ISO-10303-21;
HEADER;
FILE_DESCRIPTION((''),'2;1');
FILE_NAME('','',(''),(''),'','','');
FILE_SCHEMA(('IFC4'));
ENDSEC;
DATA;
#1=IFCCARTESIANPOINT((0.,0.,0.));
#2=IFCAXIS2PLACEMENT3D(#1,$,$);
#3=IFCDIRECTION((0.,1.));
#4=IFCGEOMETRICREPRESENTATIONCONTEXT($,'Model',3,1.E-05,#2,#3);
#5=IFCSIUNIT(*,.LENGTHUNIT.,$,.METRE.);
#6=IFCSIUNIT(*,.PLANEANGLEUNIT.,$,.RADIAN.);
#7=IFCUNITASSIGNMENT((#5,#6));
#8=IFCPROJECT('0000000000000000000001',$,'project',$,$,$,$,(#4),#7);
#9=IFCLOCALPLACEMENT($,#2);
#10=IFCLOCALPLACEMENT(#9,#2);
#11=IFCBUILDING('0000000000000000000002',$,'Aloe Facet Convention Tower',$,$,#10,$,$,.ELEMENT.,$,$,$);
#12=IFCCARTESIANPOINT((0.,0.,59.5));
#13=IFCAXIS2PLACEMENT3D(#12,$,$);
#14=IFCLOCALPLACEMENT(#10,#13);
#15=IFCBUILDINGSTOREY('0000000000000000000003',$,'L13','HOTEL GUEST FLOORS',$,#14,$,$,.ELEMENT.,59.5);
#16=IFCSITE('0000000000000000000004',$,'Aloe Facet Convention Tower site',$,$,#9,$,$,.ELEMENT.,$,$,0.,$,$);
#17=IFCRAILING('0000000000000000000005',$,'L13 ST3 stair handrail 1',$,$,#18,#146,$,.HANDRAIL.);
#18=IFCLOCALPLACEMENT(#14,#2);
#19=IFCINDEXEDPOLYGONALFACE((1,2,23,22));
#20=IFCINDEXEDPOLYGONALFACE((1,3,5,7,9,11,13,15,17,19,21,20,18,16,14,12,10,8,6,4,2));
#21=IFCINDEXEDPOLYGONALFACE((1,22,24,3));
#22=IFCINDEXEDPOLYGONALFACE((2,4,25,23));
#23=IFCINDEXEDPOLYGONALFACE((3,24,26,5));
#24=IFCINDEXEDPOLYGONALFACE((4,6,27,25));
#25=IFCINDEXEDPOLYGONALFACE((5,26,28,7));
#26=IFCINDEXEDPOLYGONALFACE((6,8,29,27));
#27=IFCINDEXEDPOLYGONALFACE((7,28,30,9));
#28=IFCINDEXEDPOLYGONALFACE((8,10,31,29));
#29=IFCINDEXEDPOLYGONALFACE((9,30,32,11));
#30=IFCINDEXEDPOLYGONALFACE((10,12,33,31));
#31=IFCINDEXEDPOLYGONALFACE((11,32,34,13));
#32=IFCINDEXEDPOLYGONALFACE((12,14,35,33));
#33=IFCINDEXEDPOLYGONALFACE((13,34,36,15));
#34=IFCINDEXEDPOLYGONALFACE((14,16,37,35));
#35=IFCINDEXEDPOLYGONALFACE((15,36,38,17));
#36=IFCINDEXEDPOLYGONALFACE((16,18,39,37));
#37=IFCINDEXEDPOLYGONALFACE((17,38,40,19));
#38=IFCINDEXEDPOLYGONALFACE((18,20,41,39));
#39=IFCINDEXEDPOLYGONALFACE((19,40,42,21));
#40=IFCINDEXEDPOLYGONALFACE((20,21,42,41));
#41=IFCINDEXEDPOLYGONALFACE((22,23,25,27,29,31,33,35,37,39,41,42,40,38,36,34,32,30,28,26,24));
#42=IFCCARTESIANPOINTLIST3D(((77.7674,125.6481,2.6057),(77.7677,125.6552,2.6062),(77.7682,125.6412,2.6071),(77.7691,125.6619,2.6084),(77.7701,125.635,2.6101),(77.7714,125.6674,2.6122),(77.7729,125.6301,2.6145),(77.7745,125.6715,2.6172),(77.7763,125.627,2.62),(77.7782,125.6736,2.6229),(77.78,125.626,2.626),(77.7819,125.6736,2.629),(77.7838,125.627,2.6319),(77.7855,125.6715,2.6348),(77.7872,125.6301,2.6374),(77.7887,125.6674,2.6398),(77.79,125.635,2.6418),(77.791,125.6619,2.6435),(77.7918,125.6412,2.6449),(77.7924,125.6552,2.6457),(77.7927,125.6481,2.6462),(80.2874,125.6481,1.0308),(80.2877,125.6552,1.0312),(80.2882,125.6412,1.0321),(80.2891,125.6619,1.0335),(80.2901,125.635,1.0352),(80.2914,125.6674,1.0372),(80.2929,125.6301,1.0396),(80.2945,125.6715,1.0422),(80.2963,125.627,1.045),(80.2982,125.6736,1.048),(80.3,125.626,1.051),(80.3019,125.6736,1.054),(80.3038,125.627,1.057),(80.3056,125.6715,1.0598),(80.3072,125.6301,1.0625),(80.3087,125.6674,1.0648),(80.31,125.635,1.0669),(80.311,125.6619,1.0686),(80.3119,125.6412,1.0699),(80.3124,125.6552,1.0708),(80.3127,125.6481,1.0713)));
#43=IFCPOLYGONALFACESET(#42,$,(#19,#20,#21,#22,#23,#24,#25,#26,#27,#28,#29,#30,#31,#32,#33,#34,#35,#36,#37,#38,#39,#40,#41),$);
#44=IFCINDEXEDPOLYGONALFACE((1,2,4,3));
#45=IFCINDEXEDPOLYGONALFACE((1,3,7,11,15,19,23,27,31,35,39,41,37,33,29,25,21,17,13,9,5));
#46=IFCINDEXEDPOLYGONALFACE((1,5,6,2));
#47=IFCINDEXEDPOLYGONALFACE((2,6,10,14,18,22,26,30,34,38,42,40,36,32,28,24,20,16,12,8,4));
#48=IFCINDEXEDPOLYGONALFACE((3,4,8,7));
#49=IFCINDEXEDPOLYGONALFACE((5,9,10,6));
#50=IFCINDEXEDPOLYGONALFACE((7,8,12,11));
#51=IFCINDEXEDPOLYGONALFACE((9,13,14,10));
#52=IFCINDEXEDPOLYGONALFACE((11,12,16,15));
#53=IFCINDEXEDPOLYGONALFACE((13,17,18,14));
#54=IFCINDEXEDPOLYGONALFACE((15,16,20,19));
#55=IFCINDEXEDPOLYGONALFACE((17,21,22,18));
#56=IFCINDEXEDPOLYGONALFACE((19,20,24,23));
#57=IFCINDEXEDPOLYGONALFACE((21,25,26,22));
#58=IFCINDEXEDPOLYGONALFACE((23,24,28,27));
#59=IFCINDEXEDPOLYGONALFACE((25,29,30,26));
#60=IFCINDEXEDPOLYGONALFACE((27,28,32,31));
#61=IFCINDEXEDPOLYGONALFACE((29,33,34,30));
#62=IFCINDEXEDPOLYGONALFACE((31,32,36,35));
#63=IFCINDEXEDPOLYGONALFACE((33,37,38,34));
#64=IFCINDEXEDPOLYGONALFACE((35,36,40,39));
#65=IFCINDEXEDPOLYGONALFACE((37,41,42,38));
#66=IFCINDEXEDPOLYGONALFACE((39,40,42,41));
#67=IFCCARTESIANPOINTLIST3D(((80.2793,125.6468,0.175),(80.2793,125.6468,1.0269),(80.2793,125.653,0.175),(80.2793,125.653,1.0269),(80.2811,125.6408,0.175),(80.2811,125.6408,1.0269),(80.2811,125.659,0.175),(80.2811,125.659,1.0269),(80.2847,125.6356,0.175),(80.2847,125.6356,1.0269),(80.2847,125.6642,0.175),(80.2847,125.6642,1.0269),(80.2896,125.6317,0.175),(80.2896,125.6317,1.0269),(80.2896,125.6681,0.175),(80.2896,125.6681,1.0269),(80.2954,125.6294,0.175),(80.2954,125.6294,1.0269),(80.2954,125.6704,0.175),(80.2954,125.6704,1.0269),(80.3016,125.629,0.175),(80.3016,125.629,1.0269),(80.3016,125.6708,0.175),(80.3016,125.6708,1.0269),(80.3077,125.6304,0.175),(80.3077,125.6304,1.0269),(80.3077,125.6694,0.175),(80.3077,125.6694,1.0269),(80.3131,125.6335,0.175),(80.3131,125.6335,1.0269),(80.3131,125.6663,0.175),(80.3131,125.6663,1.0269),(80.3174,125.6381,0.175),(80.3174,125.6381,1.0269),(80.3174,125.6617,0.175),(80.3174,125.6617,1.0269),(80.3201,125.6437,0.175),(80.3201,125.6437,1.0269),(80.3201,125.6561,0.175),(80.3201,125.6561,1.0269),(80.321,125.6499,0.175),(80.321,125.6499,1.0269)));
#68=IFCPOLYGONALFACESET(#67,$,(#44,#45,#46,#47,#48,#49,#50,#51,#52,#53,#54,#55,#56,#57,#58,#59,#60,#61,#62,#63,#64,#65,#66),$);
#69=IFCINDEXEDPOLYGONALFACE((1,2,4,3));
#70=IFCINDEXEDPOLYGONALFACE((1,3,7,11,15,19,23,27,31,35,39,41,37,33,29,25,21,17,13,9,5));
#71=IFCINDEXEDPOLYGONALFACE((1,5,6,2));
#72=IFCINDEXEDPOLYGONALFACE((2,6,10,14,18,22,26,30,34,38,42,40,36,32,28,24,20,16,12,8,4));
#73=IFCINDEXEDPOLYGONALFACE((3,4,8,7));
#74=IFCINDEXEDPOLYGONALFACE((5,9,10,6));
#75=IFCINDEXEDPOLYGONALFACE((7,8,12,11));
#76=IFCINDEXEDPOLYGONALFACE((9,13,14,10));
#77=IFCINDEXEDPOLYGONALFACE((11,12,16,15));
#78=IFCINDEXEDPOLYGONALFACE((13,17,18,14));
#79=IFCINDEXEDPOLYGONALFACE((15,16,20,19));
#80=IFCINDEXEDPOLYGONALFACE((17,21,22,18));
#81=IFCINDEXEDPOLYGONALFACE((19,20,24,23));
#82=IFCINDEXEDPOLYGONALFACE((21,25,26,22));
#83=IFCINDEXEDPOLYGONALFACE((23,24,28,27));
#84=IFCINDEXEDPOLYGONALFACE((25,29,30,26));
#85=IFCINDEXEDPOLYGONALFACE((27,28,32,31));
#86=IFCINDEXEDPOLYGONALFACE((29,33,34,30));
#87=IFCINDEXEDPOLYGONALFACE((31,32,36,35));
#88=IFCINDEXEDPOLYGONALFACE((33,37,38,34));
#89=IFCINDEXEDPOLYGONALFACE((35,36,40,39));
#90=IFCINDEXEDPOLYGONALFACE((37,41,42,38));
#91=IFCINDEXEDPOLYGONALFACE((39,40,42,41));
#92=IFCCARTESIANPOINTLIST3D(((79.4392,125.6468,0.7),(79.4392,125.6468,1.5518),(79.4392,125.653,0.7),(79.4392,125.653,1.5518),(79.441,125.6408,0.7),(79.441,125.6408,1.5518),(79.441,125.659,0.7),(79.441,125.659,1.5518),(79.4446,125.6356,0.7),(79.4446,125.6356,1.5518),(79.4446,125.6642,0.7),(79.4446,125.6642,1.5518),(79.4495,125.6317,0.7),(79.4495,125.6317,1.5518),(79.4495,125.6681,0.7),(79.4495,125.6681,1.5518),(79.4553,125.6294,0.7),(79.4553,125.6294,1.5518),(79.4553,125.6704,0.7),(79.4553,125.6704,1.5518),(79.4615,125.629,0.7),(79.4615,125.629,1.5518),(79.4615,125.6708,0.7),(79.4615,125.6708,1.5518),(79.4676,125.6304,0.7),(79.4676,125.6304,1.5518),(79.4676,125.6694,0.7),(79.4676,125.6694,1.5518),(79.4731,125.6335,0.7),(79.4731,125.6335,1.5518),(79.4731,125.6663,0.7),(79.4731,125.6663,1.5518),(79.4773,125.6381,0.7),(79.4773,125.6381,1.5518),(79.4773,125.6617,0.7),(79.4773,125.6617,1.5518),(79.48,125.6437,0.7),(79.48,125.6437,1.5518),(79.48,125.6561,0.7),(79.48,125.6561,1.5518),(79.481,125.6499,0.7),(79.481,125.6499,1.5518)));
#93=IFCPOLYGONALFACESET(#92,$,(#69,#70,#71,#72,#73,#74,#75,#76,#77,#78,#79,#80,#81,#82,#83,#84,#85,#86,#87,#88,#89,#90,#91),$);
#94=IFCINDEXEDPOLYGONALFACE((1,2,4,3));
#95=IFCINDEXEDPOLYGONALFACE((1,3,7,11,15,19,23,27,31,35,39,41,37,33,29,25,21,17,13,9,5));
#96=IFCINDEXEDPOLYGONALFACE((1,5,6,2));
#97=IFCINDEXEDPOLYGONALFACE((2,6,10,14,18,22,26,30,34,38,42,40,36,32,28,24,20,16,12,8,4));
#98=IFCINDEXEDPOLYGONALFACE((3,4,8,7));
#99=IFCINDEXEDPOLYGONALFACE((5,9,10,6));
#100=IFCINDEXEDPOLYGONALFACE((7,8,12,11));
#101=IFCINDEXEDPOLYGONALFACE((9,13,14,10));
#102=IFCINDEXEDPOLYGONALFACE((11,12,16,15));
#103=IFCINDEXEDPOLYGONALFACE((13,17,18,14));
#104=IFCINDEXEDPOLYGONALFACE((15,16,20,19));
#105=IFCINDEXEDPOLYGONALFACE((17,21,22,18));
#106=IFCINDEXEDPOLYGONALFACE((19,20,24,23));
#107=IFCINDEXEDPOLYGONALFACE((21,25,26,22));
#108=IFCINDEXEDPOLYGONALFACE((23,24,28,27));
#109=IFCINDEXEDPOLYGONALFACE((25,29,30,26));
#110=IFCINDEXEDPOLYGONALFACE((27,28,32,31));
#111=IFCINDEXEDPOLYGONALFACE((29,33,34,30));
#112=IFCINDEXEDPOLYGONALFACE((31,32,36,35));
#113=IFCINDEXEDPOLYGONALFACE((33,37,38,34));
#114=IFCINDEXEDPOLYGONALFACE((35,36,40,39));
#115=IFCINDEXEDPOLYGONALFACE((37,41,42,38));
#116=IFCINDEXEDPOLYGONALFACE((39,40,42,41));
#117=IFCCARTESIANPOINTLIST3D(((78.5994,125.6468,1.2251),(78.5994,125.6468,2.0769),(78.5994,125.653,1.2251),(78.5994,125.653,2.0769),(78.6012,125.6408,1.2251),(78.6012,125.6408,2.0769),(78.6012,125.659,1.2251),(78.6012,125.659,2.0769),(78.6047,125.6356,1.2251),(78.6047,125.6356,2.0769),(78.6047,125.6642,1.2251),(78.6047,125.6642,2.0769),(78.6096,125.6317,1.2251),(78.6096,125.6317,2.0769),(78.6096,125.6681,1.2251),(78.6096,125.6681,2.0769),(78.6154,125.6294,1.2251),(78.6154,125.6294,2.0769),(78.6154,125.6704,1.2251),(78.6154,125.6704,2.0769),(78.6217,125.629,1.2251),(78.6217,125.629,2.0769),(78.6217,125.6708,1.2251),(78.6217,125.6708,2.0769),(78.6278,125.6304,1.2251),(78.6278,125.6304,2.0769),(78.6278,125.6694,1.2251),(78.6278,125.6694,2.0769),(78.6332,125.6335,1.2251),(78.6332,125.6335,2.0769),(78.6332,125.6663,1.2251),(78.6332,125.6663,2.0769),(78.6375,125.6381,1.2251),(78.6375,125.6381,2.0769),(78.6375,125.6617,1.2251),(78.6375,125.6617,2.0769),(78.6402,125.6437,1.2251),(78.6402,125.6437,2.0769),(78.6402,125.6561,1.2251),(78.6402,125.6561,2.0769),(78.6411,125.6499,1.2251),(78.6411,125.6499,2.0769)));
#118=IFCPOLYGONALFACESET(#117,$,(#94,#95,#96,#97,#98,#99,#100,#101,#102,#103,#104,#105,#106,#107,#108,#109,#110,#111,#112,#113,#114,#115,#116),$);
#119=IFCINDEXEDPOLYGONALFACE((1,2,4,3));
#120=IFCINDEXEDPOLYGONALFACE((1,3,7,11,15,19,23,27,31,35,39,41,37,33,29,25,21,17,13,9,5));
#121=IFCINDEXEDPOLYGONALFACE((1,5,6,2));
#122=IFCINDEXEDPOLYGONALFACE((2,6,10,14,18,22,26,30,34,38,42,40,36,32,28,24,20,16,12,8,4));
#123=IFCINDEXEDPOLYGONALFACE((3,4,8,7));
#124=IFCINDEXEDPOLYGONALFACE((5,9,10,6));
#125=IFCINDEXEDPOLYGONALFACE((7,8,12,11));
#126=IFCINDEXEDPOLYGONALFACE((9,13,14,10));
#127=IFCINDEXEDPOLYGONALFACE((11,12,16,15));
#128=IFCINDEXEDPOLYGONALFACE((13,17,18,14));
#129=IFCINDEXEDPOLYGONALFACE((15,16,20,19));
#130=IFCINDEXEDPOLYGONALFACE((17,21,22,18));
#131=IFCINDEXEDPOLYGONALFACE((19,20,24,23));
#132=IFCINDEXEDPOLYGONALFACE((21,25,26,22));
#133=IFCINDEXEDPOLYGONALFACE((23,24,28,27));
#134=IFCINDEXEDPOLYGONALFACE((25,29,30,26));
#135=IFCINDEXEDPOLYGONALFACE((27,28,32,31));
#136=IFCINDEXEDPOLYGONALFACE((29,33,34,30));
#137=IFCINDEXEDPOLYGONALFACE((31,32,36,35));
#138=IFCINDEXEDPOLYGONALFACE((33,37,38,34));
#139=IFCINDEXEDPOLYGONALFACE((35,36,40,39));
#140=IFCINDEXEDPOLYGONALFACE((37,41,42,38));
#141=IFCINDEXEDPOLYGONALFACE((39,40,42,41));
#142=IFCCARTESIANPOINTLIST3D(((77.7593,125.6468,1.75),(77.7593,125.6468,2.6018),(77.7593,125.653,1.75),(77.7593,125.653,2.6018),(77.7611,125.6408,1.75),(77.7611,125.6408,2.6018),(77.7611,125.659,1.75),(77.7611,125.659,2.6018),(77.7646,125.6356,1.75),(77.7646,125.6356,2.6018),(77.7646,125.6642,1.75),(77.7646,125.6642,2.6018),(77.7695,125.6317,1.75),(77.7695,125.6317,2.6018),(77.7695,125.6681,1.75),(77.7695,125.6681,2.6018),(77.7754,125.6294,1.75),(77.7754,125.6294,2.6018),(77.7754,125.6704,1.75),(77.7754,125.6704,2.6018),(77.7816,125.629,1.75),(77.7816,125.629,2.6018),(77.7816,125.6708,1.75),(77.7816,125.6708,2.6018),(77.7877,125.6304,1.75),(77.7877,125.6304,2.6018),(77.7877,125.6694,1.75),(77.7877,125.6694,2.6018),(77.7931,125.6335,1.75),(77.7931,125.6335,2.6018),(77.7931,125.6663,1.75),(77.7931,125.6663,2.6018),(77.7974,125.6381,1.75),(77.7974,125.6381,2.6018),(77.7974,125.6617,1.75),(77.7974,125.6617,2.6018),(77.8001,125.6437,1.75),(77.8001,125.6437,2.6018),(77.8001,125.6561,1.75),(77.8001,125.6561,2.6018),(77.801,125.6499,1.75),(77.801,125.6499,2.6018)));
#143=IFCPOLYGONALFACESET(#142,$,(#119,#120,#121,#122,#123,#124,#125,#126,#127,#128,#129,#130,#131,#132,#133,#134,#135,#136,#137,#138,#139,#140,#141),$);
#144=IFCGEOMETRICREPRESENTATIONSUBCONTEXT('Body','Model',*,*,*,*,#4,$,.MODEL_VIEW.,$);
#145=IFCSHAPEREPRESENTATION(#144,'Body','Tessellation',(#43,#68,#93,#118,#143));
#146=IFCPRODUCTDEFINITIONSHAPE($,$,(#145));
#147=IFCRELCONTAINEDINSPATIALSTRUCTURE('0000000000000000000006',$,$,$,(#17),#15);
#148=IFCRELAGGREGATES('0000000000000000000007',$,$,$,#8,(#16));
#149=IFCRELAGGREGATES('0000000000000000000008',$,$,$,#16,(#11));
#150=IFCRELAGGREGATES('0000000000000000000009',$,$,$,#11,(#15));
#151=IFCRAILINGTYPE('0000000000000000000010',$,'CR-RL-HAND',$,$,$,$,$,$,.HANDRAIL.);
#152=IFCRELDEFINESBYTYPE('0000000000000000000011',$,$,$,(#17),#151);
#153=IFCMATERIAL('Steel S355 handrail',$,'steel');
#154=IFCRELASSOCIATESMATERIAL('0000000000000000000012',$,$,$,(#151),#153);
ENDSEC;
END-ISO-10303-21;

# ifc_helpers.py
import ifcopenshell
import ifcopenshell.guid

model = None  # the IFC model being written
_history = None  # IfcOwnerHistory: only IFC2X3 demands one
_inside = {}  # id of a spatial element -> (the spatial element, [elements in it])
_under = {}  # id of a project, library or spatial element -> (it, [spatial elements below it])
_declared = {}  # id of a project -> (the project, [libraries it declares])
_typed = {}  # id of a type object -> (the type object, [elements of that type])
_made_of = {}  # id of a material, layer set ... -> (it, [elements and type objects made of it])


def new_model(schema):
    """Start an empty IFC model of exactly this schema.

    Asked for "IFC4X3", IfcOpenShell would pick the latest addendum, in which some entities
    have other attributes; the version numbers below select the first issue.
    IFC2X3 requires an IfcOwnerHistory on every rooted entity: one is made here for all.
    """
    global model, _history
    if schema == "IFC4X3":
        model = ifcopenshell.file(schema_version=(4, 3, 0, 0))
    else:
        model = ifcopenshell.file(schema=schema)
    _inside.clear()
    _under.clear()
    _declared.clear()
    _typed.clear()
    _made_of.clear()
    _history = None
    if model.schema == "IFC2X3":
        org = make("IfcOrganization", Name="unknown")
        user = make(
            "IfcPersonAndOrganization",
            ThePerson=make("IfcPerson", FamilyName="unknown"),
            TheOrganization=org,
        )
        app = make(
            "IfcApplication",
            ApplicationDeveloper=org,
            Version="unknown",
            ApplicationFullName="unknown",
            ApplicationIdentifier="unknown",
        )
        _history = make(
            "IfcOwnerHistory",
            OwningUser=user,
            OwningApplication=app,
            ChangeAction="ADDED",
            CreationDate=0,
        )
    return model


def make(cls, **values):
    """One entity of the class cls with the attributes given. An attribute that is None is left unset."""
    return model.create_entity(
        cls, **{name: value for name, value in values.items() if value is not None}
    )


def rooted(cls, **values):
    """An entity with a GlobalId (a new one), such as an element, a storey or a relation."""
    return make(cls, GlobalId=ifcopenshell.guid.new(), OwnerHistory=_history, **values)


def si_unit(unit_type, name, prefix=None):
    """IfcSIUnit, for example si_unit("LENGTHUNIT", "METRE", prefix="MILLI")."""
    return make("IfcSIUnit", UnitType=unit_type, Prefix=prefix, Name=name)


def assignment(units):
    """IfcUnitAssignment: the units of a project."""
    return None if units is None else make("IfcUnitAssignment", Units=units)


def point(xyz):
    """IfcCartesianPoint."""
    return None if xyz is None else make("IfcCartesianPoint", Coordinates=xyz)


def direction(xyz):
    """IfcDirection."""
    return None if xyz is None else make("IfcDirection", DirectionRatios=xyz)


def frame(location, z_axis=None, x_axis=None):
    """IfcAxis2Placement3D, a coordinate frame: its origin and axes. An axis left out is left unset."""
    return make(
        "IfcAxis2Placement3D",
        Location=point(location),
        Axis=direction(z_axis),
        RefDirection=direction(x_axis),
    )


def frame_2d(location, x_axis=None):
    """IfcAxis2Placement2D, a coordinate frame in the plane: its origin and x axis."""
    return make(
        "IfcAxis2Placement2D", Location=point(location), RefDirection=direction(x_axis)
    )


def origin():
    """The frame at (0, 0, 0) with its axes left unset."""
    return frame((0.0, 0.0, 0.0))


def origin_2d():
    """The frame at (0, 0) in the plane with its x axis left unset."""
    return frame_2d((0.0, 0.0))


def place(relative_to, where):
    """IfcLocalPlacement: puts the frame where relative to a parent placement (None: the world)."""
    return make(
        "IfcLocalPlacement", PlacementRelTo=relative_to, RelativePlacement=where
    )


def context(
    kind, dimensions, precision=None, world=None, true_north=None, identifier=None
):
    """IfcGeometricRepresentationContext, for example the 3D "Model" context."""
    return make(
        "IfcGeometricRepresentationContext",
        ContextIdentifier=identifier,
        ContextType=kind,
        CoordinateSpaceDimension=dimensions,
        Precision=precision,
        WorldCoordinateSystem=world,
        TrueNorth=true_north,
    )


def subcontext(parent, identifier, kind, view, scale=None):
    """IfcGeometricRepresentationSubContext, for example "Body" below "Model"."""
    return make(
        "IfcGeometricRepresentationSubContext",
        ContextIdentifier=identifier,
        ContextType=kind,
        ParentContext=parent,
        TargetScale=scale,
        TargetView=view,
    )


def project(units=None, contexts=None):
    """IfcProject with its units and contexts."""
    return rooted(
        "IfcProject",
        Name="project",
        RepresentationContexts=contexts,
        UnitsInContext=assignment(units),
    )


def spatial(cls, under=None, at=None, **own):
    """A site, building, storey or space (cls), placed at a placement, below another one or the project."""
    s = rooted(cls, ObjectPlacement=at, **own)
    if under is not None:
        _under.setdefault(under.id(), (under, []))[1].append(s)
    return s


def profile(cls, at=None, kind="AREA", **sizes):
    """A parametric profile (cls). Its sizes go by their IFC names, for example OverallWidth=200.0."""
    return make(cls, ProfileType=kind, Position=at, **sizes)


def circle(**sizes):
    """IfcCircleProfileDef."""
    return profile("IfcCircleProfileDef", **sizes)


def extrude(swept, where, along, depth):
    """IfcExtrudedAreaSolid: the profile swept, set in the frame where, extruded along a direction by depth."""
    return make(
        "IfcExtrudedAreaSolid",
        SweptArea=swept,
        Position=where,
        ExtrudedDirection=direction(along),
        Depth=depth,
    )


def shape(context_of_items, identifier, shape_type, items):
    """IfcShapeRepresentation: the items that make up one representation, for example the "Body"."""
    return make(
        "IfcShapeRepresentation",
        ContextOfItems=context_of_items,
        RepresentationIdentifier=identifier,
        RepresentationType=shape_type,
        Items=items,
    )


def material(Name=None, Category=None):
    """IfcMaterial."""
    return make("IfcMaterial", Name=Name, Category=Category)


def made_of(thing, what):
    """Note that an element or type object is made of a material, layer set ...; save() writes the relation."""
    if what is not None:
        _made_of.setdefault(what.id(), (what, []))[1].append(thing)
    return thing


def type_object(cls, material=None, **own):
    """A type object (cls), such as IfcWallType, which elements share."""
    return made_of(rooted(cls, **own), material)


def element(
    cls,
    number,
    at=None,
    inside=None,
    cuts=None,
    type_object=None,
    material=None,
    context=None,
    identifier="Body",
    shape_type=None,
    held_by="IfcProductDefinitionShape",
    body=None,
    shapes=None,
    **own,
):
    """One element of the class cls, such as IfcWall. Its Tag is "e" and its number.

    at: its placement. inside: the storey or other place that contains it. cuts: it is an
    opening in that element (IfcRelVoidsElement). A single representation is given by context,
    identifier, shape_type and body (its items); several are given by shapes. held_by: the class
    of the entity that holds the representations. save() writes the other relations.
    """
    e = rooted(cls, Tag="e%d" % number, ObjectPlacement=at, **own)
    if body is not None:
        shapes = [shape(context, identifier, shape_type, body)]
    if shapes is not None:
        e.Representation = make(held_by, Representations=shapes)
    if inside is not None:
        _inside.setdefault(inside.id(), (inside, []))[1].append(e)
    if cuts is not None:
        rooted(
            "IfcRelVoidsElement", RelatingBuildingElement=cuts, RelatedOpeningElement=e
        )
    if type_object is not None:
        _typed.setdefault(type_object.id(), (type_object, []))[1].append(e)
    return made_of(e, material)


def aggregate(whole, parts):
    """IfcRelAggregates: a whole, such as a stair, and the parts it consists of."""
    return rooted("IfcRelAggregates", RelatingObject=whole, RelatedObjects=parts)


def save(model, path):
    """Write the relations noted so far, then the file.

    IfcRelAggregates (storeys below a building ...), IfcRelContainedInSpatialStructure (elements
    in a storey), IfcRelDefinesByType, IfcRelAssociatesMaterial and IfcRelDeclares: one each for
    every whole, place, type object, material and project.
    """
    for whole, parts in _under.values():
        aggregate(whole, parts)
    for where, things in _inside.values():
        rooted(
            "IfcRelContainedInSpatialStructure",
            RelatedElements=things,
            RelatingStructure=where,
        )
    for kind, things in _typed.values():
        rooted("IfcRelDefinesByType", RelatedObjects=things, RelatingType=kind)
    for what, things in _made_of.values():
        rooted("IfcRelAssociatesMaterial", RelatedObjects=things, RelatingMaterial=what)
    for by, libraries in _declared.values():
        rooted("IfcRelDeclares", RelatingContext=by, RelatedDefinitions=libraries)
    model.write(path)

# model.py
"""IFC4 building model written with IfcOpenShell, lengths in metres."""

from ifc_helpers import new_model, si_unit, direction, frame, origin, origin_2d, place, context, subcontext, project, spatial, circle, extrude, material, type_object, element, save


model = new_model("IFC4")

# Units and contexts
model_context = context("Model", 3, precision=1e-05, world=origin(), true_north=direction((0.0, 1.0)))
body_context = subcontext(model_context, "Body", "Model", "MODEL_VIEW")
ifc_project = project(units=[si_unit("LENGTHUNIT", "METRE"), si_unit("PLANEANGLEUNIT", "RADIAN")], contexts=[model_context])

# Site, building, storey
site_placement = place(None, origin())
site = spatial("IfcSite", under=ifc_project, at=site_placement, Name="Aloe Facet Convention Tower site", CompositionType="ELEMENT", RefElevation=0.0)
building_placement = place(site_placement, origin())
building = spatial("IfcBuilding", under=site, at=building_placement, Name="Aloe Facet Convention Tower", CompositionType="ELEMENT")
storey_placement = place(building_placement, frame((0.0, 0.0, 59.5)))
storey = spatial("IfcBuildingStorey", under=building, at=storey_placement, Name="L13", Description="HOTEL GUEST FLOORS", CompositionType="ELEMENT", Elevation=59.5)

# Railing
ifc_material_1 = material(Name="Steel S355 handrail", Category="steel")
railing_type_1 = type_object("IfcRailingType", Name="CR-RL-HAND", PredefinedType="HANDRAIL", material=ifc_material_1)
railing_1_placement = place(storey_placement, frame((80.3, 125.6499, 0.175)))
element("IfcRailing", 1, at=railing_1_placement, inside=storey, type_object=railing_type_1, Name="L13 ST3 stair handrail 1", PredefinedType="HANDRAIL", context=body_context, shape_type="SweptSolid", body=[
    extrude(circle(Radius=0.0239, at=origin_2d()), frame((0.0, 0.0, 0.876), z_axis=(-0.848008, 0.0, 0.529984), x_axis=(0.0, -1.0, 0.0)), (0.0, 0.0, 1.0), 2.9717),
    extrude(circle(Radius=0.021, at=origin_2d()), origin(), (0.0, 0.0, 1.0), 0.8518),
    extrude(circle(Radius=0.021, at=origin_2d()), frame((-0.8401, 0.0, 0.5249)), (0.0, 0.0, 1.0), 0.8518),
    extrude(circle(Radius=0.021, at=origin_2d()), frame((-1.6799, 0.0, 1.05)), (0.0, 0.0, 1.0), 0.8518),
    extrude(circle(Radius=0.021, at=origin_2d()), frame((-2.52, 0.0, 1.575)), (0.0, 0.0, 1.0), 0.8518),
])

save(model, "model.ifc")
